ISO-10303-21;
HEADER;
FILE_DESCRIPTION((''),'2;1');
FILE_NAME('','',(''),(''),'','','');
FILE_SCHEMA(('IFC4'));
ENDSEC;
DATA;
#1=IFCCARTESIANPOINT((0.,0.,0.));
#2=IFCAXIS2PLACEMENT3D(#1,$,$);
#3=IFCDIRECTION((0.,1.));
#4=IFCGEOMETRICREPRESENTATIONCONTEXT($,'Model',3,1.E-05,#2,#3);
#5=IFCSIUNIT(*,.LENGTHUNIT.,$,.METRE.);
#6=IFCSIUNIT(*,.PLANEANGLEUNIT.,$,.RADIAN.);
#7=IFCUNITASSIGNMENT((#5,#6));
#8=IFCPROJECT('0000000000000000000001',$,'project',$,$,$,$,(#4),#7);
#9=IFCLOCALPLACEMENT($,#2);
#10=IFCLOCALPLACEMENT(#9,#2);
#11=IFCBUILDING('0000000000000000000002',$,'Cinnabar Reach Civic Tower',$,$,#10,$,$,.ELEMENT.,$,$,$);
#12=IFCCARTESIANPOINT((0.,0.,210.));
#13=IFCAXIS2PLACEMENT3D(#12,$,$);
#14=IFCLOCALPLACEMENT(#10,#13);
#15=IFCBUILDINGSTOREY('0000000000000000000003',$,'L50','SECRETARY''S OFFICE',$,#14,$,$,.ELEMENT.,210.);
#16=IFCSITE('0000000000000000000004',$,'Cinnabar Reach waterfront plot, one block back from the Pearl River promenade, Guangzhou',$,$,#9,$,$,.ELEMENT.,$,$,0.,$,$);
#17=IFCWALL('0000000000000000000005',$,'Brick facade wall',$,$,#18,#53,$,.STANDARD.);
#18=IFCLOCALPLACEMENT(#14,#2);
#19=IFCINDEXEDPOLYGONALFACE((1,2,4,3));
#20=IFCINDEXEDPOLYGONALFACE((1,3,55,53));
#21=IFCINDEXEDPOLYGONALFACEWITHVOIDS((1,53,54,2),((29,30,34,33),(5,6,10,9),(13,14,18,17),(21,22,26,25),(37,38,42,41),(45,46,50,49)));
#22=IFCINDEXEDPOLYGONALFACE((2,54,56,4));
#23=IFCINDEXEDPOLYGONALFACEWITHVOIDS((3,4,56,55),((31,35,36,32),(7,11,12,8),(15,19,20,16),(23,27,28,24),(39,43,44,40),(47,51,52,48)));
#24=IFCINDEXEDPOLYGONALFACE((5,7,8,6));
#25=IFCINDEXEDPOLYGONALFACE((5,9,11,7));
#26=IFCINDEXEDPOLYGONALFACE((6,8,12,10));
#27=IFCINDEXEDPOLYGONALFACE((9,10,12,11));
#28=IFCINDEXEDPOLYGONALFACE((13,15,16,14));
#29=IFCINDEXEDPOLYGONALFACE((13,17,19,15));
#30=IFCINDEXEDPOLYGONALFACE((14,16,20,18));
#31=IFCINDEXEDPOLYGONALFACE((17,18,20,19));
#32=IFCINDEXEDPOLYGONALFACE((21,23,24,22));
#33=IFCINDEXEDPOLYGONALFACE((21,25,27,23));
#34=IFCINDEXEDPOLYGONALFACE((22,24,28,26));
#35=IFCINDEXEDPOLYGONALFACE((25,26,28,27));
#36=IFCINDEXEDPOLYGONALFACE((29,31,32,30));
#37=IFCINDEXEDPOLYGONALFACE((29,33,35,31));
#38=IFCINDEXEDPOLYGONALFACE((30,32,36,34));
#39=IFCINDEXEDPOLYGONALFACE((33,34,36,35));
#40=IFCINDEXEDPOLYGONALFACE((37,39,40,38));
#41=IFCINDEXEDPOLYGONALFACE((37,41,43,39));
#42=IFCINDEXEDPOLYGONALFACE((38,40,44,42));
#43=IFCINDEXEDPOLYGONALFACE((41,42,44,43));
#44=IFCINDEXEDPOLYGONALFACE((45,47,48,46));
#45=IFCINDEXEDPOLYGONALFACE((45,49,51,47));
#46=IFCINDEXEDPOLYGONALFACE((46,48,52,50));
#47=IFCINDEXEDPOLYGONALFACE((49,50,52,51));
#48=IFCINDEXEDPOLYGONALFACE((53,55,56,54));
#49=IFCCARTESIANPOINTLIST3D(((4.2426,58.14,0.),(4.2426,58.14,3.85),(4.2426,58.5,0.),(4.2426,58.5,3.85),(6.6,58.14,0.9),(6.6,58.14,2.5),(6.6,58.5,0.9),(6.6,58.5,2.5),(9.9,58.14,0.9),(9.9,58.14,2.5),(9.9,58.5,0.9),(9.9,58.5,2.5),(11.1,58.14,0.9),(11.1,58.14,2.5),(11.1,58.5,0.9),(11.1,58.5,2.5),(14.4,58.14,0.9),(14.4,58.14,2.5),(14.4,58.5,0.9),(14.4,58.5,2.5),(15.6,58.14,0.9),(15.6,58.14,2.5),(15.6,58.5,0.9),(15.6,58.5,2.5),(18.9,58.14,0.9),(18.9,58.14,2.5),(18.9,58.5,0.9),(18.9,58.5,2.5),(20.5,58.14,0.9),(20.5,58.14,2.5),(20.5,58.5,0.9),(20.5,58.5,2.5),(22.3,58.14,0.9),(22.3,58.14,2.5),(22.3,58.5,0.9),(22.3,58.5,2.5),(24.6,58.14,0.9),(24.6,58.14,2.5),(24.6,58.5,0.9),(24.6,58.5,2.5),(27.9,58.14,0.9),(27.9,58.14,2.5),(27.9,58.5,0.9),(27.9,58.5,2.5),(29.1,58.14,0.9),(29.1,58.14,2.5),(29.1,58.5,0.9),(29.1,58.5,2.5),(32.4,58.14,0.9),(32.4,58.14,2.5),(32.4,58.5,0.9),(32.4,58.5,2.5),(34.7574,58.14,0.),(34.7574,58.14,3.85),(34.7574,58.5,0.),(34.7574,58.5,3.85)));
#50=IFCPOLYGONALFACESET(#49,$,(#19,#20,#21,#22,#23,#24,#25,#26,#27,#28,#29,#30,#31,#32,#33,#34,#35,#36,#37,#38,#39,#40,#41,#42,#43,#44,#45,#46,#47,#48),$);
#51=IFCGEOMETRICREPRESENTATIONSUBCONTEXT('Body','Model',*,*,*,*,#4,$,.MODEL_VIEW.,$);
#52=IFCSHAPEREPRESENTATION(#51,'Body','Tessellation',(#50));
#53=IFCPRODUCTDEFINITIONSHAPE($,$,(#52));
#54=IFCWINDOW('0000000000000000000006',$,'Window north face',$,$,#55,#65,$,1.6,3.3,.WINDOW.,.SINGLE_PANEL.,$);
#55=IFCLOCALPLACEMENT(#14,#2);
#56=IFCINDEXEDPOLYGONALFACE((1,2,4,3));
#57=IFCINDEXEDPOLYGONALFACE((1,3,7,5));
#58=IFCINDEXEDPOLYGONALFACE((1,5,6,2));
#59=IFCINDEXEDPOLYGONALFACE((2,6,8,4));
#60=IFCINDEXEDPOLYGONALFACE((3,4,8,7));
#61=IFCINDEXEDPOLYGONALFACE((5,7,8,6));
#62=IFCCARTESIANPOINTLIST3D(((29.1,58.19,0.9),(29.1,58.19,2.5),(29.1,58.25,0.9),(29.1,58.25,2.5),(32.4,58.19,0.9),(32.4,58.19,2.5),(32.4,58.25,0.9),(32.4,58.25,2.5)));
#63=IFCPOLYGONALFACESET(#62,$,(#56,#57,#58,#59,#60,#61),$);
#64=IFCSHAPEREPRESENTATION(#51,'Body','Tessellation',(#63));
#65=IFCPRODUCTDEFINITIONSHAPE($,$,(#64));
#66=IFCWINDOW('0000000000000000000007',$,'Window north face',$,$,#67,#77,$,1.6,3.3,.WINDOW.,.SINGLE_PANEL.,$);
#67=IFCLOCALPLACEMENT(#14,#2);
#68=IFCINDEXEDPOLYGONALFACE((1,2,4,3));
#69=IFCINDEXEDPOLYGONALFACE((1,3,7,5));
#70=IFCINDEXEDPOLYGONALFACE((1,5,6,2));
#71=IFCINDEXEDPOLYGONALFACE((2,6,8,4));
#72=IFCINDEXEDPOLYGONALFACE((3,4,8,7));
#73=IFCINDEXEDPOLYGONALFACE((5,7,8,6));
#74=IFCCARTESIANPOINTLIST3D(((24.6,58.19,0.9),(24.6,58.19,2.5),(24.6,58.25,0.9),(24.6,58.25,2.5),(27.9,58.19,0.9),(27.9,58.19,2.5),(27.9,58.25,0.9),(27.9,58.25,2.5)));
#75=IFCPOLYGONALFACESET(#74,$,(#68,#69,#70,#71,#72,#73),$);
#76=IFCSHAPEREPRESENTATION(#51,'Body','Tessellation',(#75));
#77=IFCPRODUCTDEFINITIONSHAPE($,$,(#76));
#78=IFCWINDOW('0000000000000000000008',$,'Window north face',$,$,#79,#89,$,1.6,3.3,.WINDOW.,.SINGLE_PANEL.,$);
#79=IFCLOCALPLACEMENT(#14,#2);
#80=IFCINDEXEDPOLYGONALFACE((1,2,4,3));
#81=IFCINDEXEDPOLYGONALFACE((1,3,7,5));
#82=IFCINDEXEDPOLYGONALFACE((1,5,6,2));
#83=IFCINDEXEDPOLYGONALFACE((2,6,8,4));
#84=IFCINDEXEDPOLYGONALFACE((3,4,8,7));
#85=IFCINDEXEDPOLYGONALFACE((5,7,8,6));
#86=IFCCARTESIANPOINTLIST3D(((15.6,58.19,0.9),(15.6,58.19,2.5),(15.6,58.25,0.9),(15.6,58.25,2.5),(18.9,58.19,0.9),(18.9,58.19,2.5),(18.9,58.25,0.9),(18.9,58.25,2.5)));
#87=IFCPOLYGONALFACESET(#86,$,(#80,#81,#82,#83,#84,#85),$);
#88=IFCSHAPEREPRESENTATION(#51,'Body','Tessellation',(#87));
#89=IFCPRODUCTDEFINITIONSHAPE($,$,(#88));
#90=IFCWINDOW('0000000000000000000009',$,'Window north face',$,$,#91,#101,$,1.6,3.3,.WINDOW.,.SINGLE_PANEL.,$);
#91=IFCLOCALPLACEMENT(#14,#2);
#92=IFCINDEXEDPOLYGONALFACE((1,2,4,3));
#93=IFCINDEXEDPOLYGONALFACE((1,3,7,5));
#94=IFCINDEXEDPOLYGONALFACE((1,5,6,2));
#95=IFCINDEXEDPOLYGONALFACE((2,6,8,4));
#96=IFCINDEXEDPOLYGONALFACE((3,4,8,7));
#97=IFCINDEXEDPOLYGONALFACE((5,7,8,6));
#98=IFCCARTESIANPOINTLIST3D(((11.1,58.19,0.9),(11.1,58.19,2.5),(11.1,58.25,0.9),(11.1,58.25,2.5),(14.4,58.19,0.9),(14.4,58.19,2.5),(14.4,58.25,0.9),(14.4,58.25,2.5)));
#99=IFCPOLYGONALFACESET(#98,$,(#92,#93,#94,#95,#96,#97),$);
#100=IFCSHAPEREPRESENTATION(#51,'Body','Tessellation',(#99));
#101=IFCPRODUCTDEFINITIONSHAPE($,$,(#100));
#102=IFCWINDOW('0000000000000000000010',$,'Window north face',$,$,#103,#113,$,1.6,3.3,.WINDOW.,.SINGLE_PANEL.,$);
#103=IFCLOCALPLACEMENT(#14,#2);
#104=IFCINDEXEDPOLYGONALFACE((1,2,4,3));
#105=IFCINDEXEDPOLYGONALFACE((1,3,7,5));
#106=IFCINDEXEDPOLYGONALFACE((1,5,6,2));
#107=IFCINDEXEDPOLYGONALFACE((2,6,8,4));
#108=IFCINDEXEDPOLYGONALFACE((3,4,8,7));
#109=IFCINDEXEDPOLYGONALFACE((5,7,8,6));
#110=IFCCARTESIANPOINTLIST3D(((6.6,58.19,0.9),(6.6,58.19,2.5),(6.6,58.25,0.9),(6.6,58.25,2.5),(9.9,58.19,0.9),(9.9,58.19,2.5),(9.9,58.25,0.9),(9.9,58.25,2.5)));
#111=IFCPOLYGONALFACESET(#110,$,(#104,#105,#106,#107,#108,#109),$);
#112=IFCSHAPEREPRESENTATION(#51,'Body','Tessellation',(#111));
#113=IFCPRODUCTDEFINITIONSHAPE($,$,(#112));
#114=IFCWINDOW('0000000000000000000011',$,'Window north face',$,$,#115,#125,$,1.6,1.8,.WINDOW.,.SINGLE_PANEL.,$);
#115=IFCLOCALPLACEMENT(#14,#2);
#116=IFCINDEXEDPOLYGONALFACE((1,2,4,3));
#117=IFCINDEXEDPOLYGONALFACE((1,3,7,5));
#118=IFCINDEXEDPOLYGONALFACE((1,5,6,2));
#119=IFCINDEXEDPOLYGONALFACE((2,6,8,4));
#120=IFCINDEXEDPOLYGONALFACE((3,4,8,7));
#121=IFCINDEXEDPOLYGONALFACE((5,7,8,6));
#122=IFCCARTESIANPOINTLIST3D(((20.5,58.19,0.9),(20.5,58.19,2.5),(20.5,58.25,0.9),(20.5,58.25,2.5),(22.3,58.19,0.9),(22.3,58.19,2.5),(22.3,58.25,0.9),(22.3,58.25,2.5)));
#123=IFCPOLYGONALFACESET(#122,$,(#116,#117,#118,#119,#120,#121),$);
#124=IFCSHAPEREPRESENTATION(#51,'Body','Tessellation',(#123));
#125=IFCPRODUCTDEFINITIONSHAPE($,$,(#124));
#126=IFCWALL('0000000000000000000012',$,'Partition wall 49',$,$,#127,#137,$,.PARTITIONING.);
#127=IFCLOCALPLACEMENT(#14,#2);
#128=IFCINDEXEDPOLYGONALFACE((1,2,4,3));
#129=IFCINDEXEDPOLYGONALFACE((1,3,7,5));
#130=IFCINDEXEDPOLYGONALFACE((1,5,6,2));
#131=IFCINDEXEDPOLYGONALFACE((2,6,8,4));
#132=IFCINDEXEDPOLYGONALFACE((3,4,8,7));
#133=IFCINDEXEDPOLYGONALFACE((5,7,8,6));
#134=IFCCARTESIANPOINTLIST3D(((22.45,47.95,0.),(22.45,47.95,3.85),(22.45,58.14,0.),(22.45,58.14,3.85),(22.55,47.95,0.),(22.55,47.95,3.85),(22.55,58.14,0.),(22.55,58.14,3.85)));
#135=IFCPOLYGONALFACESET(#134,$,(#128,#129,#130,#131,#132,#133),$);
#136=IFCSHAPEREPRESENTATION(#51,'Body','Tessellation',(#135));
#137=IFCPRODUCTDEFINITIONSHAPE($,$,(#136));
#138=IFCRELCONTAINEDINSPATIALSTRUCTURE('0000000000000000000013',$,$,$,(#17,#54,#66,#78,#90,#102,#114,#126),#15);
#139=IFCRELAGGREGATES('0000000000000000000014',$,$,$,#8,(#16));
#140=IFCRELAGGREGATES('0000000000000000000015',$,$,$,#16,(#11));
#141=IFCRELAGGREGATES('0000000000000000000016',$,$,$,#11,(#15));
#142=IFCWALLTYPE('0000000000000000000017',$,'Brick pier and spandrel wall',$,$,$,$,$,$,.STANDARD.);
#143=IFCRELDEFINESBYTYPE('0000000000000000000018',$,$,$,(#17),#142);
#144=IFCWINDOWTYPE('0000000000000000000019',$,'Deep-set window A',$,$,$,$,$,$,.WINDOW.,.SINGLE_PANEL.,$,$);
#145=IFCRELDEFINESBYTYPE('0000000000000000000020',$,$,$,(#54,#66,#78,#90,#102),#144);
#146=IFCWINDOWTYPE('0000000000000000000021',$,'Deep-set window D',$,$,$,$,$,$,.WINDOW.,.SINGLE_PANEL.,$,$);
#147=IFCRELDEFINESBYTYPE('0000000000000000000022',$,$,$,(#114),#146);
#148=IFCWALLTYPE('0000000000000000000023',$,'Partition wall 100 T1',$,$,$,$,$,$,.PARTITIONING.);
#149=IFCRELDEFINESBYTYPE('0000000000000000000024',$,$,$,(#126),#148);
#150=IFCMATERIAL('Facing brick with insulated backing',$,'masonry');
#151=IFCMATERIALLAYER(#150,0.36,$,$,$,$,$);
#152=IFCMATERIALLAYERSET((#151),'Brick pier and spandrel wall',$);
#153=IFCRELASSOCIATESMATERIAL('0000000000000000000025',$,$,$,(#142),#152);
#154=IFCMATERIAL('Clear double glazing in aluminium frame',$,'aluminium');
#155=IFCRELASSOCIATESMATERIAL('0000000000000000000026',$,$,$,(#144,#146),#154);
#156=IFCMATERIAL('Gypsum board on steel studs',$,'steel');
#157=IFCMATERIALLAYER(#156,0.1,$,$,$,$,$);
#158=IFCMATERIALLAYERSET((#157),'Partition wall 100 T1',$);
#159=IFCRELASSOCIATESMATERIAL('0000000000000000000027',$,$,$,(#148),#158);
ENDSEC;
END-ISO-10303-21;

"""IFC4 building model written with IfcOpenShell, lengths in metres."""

from ifc_helpers import new_model, si_unit, direction, frame, frame_2d, origin, place, context, subcontext, project, spatial, rectangle, extrude, material, layer, layer_set, type_object, element, fill, save


model = new_model("IFC4")

# Units and contexts
model_context = context("Model", 3, precision=1e-05, world=origin(), true_north=direction((0.0, 1.0)))
body_context = subcontext(model_context, "Body", "Model", "MODEL_VIEW")
ifc_project = project(units=[si_unit("LENGTHUNIT", "METRE"), si_unit("PLANEANGLEUNIT", "RADIAN")], contexts=[model_context])

# Site, building, storey
site_placement = place(None, origin())
site = spatial("IfcSite", under=ifc_project, at=site_placement, Name="Cinnabar Reach waterfront plot, one block back from the Pearl River promenade, Guangzhou", CompositionType="ELEMENT", RefElevation=0.0)
building_placement = place(site_placement, origin())
building = spatial("IfcBuilding", under=site, at=building_placement, Name="Cinnabar Reach Civic Tower", CompositionType="ELEMENT")
storey_placement = place(building_placement, frame((0.0, 0.0, 210.0)))
storey = spatial("IfcBuildingStorey", under=building, at=storey_placement, Name="L50", Description="SECRETARY'S OFFICE", CompositionType="ELEMENT", Elevation=210.0)

# Wall, openings, windows
ifc_material_1 = material(Name="Facing brick with insulated backing", Category="masonry")
ifc_layer_1 = layer(ifc_material_1, 0.36)
ifc_layer_set_1 = layer_set([ifc_layer_1], Name="Brick pier and spandrel wall")
wall_type_1 = type_object("IfcWallType", Name="Brick pier and spandrel wall", PredefinedType="STANDARD", material=ifc_layer_set_1)
wall_1_placement = place(storey_placement, frame((34.7574, 58.32, 0.0), z_axis=(0.0, 0.0, 1.0), x_axis=(-1.0, 0.0, 0.0)))
wall_1 = element("IfcWall", 1, at=wall_1_placement, inside=storey, type_object=wall_type_1, Name="Brick facade wall", PredefinedType="STANDARD", context=body_context, shape_type="SweptSolid", body=[
    extrude(rectangle(XDim=30.5148, YDim=0.36, at=frame_2d((15.2574, 0.0))), origin(), (0.0, 0.0, 1.0), 3.85),
])
opening_1_placement = place(wall_1_placement, frame((2.3574, 0.0, 0.9)))
opening_1 = element("IfcOpeningElement", 2, at=opening_1_placement, cuts=wall_1, PredefinedType="OPENING", context=body_context, shape_type="SweptSolid", body=[
    extrude(rectangle(XDim=3.3, YDim=1.6, at=frame_2d((1.65, 0.8))), frame((0.0, 0.19, 0.0), z_axis=(0.0, -1.0, 0.0), x_axis=(1.0, 0.0, 0.0)), (0.0, 0.0, 1.0), 0.38),
])
opening_2_placement = place(wall_1_placement, frame((6.8574, 0.0, 0.9)))
opening_2 = element("IfcOpeningElement", 3, at=opening_2_placement, cuts=wall_1, PredefinedType="OPENING", context=body_context, shape_type="SweptSolid", body=[
    extrude(rectangle(XDim=3.3, YDim=1.6, at=frame_2d((1.65, 0.8))), frame((0.0, 0.19, 0.0), z_axis=(0.0, -1.0, 0.0), x_axis=(1.0, 0.0, 0.0)), (0.0, 0.0, 1.0), 0.38),
])
opening_3_placement = place(wall_1_placement, frame((12.4574, 0.0, 0.9)))
opening_3 = element("IfcOpeningElement", 4, at=opening_3_placement, cuts=wall_1, PredefinedType="OPENING", context=body_context, shape_type="SweptSolid", body=[
    extrude(rectangle(XDim=1.8, YDim=1.6, at=frame_2d((0.9, 0.8))), frame((0.0, 0.19, 0.0), z_axis=(0.0, -1.0, 0.0), x_axis=(1.0, 0.0, 0.0)), (0.0, 0.0, 1.0), 0.38),
])
opening_4_placement = place(wall_1_placement, frame((15.8574, 0.0, 0.9)))
opening_4 = element("IfcOpeningElement", 5, at=opening_4_placement, cuts=wall_1, PredefinedType="OPENING", context=body_context, shape_type="SweptSolid", body=[
    extrude(rectangle(XDim=3.3, YDim=1.6, at=frame_2d((1.65, 0.8))), frame((0.0, 0.19, 0.0), z_axis=(0.0, -1.0, 0.0), x_axis=(1.0, 0.0, 0.0)), (0.0, 0.0, 1.0), 0.38),
])
opening_5_placement = place(wall_1_placement, frame((20.3574, 0.0, 0.9)))
opening_5 = element("IfcOpeningElement", 6, at=opening_5_placement, cuts=wall_1, PredefinedType="OPENING", context=body_context, shape_type="SweptSolid", body=[
    extrude(rectangle(XDim=3.3, YDim=1.6, at=frame_2d((1.65, 0.8))), frame((0.0, 0.19, 0.0), z_axis=(0.0, -1.0, 0.0), x_axis=(1.0, 0.0, 0.0)), (0.0, 0.0, 1.0), 0.38),
])
opening_6_placement = place(wall_1_placement, frame((24.8574, 0.0, 0.9)))
opening_6 = element("IfcOpeningElement", 7, at=opening_6_placement, cuts=wall_1, PredefinedType="OPENING", context=body_context, shape_type="SweptSolid", body=[
    extrude(rectangle(XDim=3.3, YDim=1.6, at=frame_2d((1.65, 0.8))), frame((0.0, 0.19, 0.0), z_axis=(0.0, -1.0, 0.0), x_axis=(1.0, 0.0, 0.0)), (0.0, 0.0, 1.0), 0.38),
])
ifc_material_2 = material(Name="Clear double glazing in aluminium frame", Category="aluminium")
window_type_1 = type_object("IfcWindowType", Name="Deep-set window A", PartitioningType="SINGLE_PANEL", PredefinedType="WINDOW", material=ifc_material_2)
window_1_placement = place(opening_1_placement, origin())
window_1 = element("IfcWindow", 8, at=window_1_placement, inside=storey, type_object=window_type_1, Name="Window north face", OverallHeight=1.6, OverallWidth=3.3, PartitioningType="SINGLE_PANEL", PredefinedType="WINDOW", context=body_context, shape_type="SweptSolid", body=[
    extrude(rectangle(XDim=3.3, YDim=1.6, at=frame_2d((1.65, 0.8))), frame((0.0, 0.13, 0.0), z_axis=(0.0, -1.0, 0.0), x_axis=(1.0, 0.0, 0.0)), (0.0, 0.0, 1.0), 0.06),
])
fill(opening_1, window_1)
window_2_placement = place(opening_2_placement, origin())
window_2 = element("IfcWindow", 9, at=window_2_placement, inside=storey, type_object=window_type_1, Name="Window north face", OverallHeight=1.6, OverallWidth=3.3, PartitioningType="SINGLE_PANEL", PredefinedType="WINDOW", context=body_context, shape_type="SweptSolid", body=[
    extrude(rectangle(XDim=3.3, YDim=1.6, at=frame_2d((1.65, 0.8))), frame((0.0, 0.13, 0.0), z_axis=(0.0, -1.0, 0.0), x_axis=(1.0, 0.0, 0.0)), (0.0, 0.0, 1.0), 0.06),
])
fill(opening_2, window_2)
window_3_placement = place(opening_4_placement, origin())
window_3 = element("IfcWindow", 10, at=window_3_placement, inside=storey, type_object=window_type_1, Name="Window north face", OverallHeight=1.6, OverallWidth=3.3, PartitioningType="SINGLE_PANEL", PredefinedType="WINDOW", context=body_context, shape_type="SweptSolid", body=[
    extrude(rectangle(XDim=3.3, YDim=1.6, at=frame_2d((1.65, 0.8))), frame((0.0, 0.13, 0.0), z_axis=(0.0, -1.0, 0.0), x_axis=(1.0, 0.0, 0.0)), (0.0, 0.0, 1.0), 0.06),
])
fill(opening_4, window_3)
window_4_placement = place(opening_5_placement, origin())
window_4 = element("IfcWindow", 11, at=window_4_placement, inside=storey, type_object=window_type_1, Name="Window north face", OverallHeight=1.6, OverallWidth=3.3, PartitioningType="SINGLE_PANEL", PredefinedType="WINDOW", context=body_context, shape_type="SweptSolid", body=[
    extrude(rectangle(XDim=3.3, YDim=1.6, at=frame_2d((1.65, 0.8))), frame((0.0, 0.13, 0.0), z_axis=(0.0, -1.0, 0.0), x_axis=(1.0, 0.0, 0.0)), (0.0, 0.0, 1.0), 0.06),
])
fill(opening_5, window_4)
window_5_placement = place(opening_6_placement, origin())
window_5 = element("IfcWindow", 12, at=window_5_placement, inside=storey, type_object=window_type_1, Name="Window north face", OverallHeight=1.6, OverallWidth=3.3, PartitioningType="SINGLE_PANEL", PredefinedType="WINDOW", context=body_context, shape_type="SweptSolid", body=[
    extrude(rectangle(XDim=3.3, YDim=1.6, at=frame_2d((1.65, 0.8))), frame((0.0, 0.13, 0.0), z_axis=(0.0, -1.0, 0.0), x_axis=(1.0, 0.0, 0.0)), (0.0, 0.0, 1.0), 0.06),
])
fill(opening_6, window_5)
window_type_2 = type_object("IfcWindowType", Name="Deep-set window D", PartitioningType="SINGLE_PANEL", PredefinedType="WINDOW", material=ifc_material_2)
window_6_placement = place(opening_3_placement, origin())
window_6 = element("IfcWindow", 13, at=window_6_placement, inside=storey, type_object=window_type_2, Name="Window north face", OverallHeight=1.6, OverallWidth=1.8, PartitioningType="SINGLE_PANEL", PredefinedType="WINDOW", context=body_context, shape_type="SweptSolid", body=[
    extrude(rectangle(XDim=1.8, YDim=1.6, at=frame_2d((0.9, 0.8))), frame((0.0, 0.13, 0.0), z_axis=(0.0, -1.0, 0.0), x_axis=(1.0, 0.0, 0.0)), (0.0, 0.0, 1.0), 0.06),
])
fill(opening_3, window_6)

# Wall
ifc_material_3 = material(Name="Gypsum board on steel studs", Category="steel")
ifc_layer_2 = layer(ifc_material_3, 0.1)
ifc_layer_set_2 = layer_set([ifc_layer_2], Name="Partition wall 100 T1")
wall_type_2 = type_object("IfcWallType", Name="Partition wall 100 T1", PredefinedType="PARTITIONING", material=ifc_layer_set_2)
wall_2_placement = place(storey_placement, frame((22.5, 47.95, 0.0), z_axis=(0.0, 0.0, 1.0), x_axis=(0.0, 1.0, 0.0)))
element("IfcWall", 14, at=wall_2_placement, inside=storey, type_object=wall_type_2, Name="Partition wall 49", PredefinedType="PARTITIONING", context=body_context, shape_type="SweptSolid", body=[
    extrude(rectangle(XDim=10.19, YDim=0.1, at=frame_2d((5.095, 0.0))), origin(), (0.0, 0.0, 1.0), 3.85),
])

save(model, "model.ifc")
